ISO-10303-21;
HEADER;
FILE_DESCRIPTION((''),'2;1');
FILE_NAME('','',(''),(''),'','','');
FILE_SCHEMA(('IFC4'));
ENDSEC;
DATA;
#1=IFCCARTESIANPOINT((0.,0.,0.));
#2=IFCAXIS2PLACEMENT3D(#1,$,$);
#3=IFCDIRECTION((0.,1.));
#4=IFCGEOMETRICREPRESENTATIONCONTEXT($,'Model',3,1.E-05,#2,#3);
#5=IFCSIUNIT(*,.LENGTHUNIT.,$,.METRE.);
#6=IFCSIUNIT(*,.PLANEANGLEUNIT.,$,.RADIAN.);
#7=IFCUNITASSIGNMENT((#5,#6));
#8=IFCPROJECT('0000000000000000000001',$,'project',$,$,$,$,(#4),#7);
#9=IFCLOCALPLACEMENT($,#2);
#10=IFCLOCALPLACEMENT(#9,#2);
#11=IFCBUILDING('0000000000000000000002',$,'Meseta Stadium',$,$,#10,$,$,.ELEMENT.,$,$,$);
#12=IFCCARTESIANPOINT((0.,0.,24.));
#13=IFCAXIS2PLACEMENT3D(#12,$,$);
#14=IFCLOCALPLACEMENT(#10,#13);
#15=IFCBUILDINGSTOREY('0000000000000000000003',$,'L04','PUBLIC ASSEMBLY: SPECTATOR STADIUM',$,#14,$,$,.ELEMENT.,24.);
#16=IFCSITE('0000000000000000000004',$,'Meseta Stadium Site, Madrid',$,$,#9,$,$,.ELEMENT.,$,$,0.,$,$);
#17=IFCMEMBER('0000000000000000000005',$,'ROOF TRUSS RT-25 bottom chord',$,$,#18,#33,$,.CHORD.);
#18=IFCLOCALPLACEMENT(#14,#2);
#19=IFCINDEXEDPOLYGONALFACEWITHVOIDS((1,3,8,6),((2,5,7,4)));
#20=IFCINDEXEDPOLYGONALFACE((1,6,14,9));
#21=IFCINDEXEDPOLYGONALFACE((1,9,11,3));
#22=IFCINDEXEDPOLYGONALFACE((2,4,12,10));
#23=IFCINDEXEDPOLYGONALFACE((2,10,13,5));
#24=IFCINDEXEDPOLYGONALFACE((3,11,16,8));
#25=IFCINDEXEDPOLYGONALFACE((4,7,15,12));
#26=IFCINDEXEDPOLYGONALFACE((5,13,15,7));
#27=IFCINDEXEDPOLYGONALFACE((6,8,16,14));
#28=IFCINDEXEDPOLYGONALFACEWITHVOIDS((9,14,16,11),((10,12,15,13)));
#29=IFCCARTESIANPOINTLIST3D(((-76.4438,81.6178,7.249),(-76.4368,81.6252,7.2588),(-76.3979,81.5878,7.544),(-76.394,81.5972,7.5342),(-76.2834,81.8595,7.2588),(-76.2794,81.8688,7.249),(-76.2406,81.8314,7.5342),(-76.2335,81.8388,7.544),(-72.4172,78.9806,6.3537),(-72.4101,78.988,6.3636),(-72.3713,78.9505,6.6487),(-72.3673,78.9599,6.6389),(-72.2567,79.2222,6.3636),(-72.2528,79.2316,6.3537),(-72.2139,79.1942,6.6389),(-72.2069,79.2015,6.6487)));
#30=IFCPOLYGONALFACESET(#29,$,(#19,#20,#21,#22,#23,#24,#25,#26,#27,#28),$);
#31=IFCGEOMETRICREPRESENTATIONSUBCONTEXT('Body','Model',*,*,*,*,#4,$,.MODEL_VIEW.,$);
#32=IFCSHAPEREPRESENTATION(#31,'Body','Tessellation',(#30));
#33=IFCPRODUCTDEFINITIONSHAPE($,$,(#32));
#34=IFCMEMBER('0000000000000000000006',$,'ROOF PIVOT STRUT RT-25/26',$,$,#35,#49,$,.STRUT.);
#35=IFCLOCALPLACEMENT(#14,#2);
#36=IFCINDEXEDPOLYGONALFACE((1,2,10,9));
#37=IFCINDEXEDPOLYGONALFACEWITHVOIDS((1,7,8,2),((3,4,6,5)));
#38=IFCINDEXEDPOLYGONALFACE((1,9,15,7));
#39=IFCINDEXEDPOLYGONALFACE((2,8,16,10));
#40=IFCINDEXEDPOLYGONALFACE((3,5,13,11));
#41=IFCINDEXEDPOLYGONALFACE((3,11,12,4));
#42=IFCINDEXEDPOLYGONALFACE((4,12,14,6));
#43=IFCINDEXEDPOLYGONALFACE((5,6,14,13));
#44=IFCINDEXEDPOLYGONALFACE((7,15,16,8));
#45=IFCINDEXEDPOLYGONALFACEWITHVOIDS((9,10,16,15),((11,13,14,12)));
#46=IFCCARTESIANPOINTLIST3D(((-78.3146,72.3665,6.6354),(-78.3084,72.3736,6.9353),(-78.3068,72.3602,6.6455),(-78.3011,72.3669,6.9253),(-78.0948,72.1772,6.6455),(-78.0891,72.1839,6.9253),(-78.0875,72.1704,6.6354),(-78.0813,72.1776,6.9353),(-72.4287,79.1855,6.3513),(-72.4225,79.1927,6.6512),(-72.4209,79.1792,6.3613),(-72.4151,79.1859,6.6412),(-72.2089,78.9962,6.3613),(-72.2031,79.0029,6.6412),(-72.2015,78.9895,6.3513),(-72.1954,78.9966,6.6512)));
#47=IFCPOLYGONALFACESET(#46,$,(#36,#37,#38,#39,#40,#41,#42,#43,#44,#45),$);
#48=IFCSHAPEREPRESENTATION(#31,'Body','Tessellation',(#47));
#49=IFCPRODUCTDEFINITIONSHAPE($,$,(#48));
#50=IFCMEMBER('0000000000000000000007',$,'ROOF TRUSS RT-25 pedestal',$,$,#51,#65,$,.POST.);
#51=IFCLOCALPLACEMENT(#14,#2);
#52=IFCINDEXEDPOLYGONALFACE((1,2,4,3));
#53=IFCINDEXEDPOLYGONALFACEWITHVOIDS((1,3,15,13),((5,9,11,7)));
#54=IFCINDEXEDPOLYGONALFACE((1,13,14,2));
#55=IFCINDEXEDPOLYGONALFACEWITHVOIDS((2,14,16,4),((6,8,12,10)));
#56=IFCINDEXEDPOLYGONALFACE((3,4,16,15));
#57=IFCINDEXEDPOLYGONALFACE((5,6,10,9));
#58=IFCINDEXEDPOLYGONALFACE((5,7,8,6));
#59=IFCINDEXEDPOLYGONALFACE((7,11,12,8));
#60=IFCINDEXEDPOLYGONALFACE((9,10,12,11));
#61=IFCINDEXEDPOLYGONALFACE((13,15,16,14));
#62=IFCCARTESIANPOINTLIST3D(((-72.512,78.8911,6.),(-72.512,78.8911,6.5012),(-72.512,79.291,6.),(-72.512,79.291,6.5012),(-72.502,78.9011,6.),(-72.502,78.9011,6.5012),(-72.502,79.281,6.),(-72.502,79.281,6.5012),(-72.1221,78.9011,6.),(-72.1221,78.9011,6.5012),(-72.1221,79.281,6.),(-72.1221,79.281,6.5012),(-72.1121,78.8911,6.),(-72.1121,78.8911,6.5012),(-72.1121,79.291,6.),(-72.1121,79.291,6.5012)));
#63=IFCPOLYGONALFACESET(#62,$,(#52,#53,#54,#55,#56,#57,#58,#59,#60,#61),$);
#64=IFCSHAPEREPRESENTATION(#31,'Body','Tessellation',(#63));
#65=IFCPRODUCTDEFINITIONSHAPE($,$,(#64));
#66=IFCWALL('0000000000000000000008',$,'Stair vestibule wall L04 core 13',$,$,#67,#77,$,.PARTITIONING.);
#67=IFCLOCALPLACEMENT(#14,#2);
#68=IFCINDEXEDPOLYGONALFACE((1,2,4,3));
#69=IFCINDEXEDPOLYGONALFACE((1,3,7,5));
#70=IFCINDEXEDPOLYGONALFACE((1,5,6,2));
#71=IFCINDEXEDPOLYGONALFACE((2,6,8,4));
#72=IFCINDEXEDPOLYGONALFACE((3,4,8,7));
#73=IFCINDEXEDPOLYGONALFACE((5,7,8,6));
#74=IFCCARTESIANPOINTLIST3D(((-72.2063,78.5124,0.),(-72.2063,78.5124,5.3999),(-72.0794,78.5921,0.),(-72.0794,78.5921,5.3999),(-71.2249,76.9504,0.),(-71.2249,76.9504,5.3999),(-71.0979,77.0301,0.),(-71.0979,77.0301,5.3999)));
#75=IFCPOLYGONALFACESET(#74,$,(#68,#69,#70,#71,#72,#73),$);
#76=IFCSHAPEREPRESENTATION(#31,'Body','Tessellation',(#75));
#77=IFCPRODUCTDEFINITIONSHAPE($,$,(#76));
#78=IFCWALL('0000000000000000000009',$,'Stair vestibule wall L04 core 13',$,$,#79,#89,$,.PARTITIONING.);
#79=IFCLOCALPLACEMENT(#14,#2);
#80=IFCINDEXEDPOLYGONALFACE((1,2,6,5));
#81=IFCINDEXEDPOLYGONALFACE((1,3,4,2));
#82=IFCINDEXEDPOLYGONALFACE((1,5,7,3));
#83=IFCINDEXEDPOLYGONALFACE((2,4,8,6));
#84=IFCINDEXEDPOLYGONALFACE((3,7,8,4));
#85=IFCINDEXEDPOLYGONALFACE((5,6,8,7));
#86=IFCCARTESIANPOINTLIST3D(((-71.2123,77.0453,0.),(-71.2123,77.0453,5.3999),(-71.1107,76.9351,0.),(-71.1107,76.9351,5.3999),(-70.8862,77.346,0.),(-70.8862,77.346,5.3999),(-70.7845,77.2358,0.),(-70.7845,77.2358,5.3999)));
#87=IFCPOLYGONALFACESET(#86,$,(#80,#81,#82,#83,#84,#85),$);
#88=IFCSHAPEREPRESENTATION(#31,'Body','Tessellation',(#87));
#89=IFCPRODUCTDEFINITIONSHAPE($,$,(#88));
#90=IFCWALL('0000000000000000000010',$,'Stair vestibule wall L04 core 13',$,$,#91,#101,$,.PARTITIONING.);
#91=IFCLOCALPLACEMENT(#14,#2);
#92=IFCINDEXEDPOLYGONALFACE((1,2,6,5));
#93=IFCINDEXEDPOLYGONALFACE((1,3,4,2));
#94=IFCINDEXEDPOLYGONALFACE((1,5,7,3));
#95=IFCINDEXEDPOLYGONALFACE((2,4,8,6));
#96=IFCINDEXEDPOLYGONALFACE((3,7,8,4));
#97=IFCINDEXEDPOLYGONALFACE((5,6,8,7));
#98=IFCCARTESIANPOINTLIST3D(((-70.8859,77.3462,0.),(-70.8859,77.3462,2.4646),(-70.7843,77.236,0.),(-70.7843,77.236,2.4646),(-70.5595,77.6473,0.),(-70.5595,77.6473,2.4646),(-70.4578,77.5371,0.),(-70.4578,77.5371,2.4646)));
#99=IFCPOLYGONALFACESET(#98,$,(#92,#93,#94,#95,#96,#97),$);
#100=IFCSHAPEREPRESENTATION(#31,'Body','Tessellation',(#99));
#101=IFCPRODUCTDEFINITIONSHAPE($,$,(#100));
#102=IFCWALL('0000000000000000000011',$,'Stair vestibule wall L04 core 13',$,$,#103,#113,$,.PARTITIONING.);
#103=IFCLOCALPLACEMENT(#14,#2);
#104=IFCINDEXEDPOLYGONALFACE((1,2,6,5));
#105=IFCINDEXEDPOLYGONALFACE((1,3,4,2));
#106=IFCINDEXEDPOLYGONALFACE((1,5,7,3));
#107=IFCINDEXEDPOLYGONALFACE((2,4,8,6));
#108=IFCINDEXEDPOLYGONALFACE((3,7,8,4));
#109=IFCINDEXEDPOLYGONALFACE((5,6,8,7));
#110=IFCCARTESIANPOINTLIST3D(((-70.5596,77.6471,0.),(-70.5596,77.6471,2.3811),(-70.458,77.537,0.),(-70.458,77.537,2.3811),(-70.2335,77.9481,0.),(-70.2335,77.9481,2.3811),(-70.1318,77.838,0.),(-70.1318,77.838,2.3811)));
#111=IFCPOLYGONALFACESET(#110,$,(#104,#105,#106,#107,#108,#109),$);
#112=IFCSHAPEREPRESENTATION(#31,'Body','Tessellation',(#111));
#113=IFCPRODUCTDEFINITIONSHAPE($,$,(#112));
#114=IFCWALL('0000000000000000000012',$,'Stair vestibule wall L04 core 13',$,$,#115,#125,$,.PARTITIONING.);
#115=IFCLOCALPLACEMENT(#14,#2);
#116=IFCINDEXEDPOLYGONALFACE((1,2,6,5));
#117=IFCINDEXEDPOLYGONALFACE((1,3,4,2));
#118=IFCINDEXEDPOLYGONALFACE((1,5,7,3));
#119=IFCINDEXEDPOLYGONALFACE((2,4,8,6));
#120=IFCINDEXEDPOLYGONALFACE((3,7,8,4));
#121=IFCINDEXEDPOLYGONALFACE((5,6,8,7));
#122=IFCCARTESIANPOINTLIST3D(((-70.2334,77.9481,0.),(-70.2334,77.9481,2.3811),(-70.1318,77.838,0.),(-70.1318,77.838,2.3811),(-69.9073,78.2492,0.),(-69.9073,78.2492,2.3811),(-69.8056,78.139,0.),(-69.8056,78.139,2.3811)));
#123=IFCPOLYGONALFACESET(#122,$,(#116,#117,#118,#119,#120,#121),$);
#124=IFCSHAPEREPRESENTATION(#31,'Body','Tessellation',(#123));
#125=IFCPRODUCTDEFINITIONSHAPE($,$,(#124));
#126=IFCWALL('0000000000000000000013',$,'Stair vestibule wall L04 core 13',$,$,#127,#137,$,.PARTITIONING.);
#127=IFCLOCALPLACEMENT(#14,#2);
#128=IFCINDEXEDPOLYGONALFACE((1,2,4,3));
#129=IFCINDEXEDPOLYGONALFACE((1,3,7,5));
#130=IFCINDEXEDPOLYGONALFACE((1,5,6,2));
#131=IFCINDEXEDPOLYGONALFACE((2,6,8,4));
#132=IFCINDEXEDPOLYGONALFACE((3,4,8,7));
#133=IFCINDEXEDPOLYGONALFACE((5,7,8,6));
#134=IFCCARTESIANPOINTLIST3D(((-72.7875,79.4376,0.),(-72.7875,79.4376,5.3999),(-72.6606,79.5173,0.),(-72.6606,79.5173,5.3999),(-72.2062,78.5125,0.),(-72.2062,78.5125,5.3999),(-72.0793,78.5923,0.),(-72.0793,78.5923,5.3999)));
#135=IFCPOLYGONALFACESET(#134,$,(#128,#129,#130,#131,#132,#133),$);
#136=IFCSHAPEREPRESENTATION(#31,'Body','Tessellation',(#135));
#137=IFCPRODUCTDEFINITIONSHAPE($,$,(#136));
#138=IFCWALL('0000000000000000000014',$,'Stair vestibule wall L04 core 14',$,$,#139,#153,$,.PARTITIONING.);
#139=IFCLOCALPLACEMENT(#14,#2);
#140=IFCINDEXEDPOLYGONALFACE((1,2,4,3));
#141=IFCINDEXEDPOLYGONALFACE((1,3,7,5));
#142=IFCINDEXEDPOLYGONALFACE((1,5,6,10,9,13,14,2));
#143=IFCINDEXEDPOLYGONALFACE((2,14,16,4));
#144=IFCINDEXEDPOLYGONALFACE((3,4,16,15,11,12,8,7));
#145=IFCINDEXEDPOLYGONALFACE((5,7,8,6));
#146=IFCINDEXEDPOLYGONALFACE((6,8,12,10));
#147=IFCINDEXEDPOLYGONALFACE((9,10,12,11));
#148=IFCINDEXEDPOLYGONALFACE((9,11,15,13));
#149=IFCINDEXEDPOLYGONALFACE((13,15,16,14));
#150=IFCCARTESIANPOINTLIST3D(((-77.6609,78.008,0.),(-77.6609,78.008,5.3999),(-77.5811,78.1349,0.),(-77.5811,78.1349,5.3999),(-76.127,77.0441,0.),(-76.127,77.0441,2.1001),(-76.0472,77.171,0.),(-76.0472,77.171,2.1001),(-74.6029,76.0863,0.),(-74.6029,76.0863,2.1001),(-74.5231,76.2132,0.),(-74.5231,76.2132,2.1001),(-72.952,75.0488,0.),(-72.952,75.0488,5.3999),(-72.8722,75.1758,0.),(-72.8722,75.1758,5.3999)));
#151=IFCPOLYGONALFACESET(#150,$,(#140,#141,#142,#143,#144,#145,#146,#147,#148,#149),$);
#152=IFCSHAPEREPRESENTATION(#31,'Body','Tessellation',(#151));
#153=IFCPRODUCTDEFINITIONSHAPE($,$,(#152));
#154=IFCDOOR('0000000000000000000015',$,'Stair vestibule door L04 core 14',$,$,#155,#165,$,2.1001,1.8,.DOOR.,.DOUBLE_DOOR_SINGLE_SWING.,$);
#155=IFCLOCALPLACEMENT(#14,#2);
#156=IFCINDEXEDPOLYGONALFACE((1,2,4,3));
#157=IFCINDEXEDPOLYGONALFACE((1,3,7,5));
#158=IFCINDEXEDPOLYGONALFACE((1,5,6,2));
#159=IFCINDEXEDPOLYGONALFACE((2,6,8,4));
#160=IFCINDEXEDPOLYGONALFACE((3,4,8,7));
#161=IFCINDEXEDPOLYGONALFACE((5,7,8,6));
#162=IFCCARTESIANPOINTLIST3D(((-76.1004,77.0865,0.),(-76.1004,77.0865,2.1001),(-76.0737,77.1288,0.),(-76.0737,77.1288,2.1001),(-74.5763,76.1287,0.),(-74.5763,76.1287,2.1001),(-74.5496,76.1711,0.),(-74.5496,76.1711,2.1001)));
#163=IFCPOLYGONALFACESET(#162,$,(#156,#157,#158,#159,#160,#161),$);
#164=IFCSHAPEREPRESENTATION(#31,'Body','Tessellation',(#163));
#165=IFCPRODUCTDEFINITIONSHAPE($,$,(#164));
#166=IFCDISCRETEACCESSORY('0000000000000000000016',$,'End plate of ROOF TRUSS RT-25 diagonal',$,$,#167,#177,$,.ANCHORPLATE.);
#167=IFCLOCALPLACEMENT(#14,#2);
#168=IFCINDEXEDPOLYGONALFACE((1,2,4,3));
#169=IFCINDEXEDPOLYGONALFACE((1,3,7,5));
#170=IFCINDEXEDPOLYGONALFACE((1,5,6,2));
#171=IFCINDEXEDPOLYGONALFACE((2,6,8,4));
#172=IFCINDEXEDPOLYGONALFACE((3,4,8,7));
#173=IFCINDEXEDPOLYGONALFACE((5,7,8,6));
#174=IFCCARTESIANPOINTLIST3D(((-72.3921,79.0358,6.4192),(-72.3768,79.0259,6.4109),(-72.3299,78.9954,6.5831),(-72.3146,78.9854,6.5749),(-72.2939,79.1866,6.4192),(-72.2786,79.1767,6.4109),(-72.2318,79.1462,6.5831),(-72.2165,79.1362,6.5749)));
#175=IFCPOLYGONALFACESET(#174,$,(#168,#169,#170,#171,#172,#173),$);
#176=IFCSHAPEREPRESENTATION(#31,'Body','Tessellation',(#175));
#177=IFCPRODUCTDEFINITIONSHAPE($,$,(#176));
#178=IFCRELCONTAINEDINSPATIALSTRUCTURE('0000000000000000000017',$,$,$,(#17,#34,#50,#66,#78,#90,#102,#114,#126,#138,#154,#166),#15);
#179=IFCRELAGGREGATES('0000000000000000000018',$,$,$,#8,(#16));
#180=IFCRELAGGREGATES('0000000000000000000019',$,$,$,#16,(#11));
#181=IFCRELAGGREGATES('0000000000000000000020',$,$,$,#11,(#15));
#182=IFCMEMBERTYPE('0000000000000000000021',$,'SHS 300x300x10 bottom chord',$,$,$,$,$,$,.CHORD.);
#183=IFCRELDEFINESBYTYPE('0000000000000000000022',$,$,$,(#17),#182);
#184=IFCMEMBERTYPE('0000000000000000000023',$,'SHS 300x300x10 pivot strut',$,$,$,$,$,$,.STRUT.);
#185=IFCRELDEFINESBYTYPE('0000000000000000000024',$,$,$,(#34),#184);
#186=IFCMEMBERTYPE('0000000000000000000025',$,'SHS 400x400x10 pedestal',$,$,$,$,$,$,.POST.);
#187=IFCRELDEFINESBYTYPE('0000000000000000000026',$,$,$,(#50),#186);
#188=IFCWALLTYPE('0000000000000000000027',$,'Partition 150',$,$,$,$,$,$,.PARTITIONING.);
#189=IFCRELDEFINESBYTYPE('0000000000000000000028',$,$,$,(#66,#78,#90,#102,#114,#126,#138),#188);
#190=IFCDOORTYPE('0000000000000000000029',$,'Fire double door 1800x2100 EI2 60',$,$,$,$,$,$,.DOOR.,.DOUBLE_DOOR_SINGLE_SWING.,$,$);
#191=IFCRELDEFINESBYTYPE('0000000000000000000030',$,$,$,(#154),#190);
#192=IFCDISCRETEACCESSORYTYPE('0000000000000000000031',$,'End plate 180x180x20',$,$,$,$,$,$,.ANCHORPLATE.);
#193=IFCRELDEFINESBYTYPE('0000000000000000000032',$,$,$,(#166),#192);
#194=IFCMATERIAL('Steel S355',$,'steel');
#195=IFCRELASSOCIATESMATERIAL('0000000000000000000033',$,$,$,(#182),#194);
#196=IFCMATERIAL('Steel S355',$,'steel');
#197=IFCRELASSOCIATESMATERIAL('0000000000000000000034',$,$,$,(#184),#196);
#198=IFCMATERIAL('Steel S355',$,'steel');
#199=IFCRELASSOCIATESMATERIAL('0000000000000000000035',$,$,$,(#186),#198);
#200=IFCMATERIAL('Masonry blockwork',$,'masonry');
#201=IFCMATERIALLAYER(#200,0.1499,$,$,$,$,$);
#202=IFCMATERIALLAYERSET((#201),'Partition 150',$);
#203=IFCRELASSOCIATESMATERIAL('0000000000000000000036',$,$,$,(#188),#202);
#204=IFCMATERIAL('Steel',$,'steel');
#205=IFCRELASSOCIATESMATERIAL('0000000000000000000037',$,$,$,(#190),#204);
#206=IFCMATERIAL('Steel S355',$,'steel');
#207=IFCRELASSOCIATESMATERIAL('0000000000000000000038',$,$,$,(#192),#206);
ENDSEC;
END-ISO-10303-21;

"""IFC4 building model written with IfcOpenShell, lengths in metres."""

from ifc_helpers import new_model, si_unit, direction, frame, frame_2d, origin, origin_2d, place, context, subcontext, project, spatial, rectangle, hollow_rectangle, extrude, material, layer, layer_set, material_profile, profile_set, type_object, element, fill, save


model = new_model("IFC4")

# Units and contexts
model_context = context("Model", 3, precision=1e-05, world=origin(), true_north=direction((0.0, 1.0)))
body_context = subcontext(model_context, "Body", "Model", "MODEL_VIEW")
ifc_project = project(units=[si_unit("LENGTHUNIT", "METRE"), si_unit("PLANEANGLEUNIT", "RADIAN")], contexts=[model_context])

# Site, building, storey
site_placement = place(None, origin())
site = spatial("IfcSite", under=ifc_project, at=site_placement, Name="Meseta Stadium Site, Madrid", CompositionType="ELEMENT", RefElevation=0.0)
building_placement = place(site_placement, origin())
building = spatial("IfcBuilding", under=site, at=building_placement, Name="Meseta Stadium", CompositionType="ELEMENT")
storey_placement = place(building_placement, frame((0.0, 0.0, 24.0)))
storey = spatial("IfcBuildingStorey", under=building, at=storey_placement, Name="L04", Description="PUBLIC ASSEMBLY: SPECTATOR STADIUM", CompositionType="ELEMENT", Elevation=24.0)

# Members
ifc_material_1 = material(Name="Steel S355", Category="steel")
ifc_material_profile_1 = material_profile(ifc_material_1, hollow_rectangle(XDim=0.3, YDim=0.3, WallThickness=0.01, at=origin_2d()), Name="SHS 300x300x10")
ifc_profile_set_1 = profile_set([ifc_material_profile_1], Name="Steel S355")
member_type_1 = type_object("IfcMemberType", Name="SHS 300x300x10 bottom chord", PredefinedType="CHORD", material=ifc_profile_set_1)
member_1_placement = place(storey_placement, frame((-72.312, 79.0911, 6.5012), z_axis=(-0.822444, 0.538655, 0.182859), x_axis=(-0.547893, -0.836549, 0.0)))
element("IfcMember", 1, at=member_1_placement, inside=storey, type_object=member_type_1, Name="ROOF TRUSS RT-25 bottom chord", PredefinedType="CHORD", context=body_context, shape_type="SweptSolid", body=[
    extrude(hollow_rectangle(XDim=0.3, YDim=0.3, WallThickness=0.01, at=origin_2d()), origin(), (0.0, 0.0, 1.0), 4.896),
])
ifc_material_2 = material(Name="Steel S355", Category="steel")
ifc_material_profile_2 = material_profile(ifc_material_2, hollow_rectangle(XDim=0.3, YDim=0.3, WallThickness=0.01, at=origin_2d()), Name="SHS 300x300x10")
ifc_profile_set_2 = profile_set([ifc_material_profile_2], Name="Steel S355")
member_type_2 = type_object("IfcMemberType", Name="SHS 300x300x10 pivot strut", PredefinedType="STRUT", material=ifc_profile_set_2)
member_2_placement = place(storey_placement, frame((-72.312, 79.0911, 6.5012), z_axis=(-0.65309, -0.756624, 0.031532), x_axis=(0.757, -0.653415, 0.0)))
element("IfcMember", 2, at=member_2_placement, inside=storey, type_object=member_type_2, Name="ROOF PIVOT STRUT RT-25/26", PredefinedType="STRUT", context=body_context, shape_type="SweptSolid", body=[
    extrude(hollow_rectangle(XDim=0.3, YDim=0.3, WallThickness=0.01, at=origin_2d()), origin(), (0.0, 0.0, 1.0), 9.0125),
])
ifc_material_3 = material(Name="Steel S355", Category="steel")
ifc_material_profile_3 = material_profile(ifc_material_3, hollow_rectangle(XDim=0.3999, YDim=0.3999, WallThickness=0.01, at=origin_2d()), Name="SHS 400x400x10")
ifc_profile_set_3 = profile_set([ifc_material_profile_3], Name="Steel S355")
member_type_3 = type_object("IfcMemberType", Name="SHS 400x400x10 pedestal", PredefinedType="POST", material=ifc_profile_set_3)
member_3_placement = place(storey_placement, frame((-72.312, 79.0911, 6.0), z_axis=(0.0, 0.0, 1.0), x_axis=(1.0, 0.0, 0.0)))
element("IfcMember", 3, at=member_3_placement, inside=storey, type_object=member_type_3, Name="ROOF TRUSS RT-25 pedestal", PredefinedType="POST", context=body_context, shape_type="SweptSolid", body=[
    extrude(hollow_rectangle(XDim=0.3999, YDim=0.3999, WallThickness=0.01, at=origin_2d()), origin(), (0.0, 0.0, 1.0), 0.5012),
])

# Walls
ifc_material_4 = material(Name="Masonry blockwork", Category="masonry")
ifc_layer = layer(ifc_material_4, 0.1499)
ifc_layer_set = layer_set([ifc_layer], Name="Partition 150")
wall_type = type_object("IfcWallType", Name="Partition 150", PredefinedType="PARTITIONING", material=ifc_layer_set)
wall_1_placement = place(storey_placement, frame((-72.1428, 78.5522, 0.0), z_axis=(0.0, 0.0, 1.0), x_axis=(0.53202, -0.846732, 0.0)))
element("IfcWall", 4, at=wall_1_placement, inside=storey, type_object=wall_type, Name="Stair vestibule wall L04 core 13", PredefinedType="PARTITIONING", context=body_context, shape_type="SweptSolid", body=[
    extrude(rectangle(XDim=1.8447, YDim=0.1499, at=frame_2d((0.9224, 0.0))), origin(), (0.0, 0.0, 1.0), 5.3999),
])
wall_2_placement = place(storey_placement, frame((-71.1614, 76.9902, 0.0), z_axis=(0.0, 0.0, 1.0), x_axis=(0.735141, 0.677914, 0.0)))
element("IfcWall", 5, at=wall_2_placement, inside=storey, type_object=wall_type, Name="Stair vestibule wall L04 core 13", PredefinedType="PARTITIONING", context=body_context, shape_type="SweptSolid", body=[
    extrude(rectangle(XDim=0.4436, YDim=0.1499, at=frame_2d((0.2217, 0.0))), origin(), (0.0, 0.0, 1.0), 5.3999),
])
wall_3_placement = place(storey_placement, frame((-70.8352, 77.291, 0.0), z_axis=(0.0, 0.0, 1.0), x_axis=(0.73512, 0.677937, 0.0)))
element("IfcWall", 6, at=wall_3_placement, inside=storey, type_object=wall_type, Name="Stair vestibule wall L04 core 13", PredefinedType="PARTITIONING", context=body_context, shape_type="SweptSolid", body=[
    extrude(rectangle(XDim=0.4441, YDim=0.1499, at=frame_2d((0.2222, 0.0))), origin(), (0.0, 0.0, 1.0), 2.4646),
])
for number, where, z_axis, x_axis, name in (
    (7, (-70.5088, 77.592, 0.0), (0.0, 0.0, 1.0), (0.734867, 0.678212, 0.0), "Stair vestibule wall L04 core 13"),
    (8, (-70.1826, 77.8931, 0.0), (0.0, 0.0, 1.0), (0.734867, 0.678212, 0.0), "Stair vestibule wall L04 core 13"),
):
    element("IfcWall", number, at=place(storey_placement, frame(where, z_axis=z_axis, x_axis=x_axis)), inside=storey, type_object=wall_type, Name=name, PredefinedType="PARTITIONING", context=body_context, shape_type="SweptSolid", body=[
        extrude(rectangle(XDim=0.4438, YDim=0.1499, at=frame_2d((0.2219, 0.0))), origin(), (0.0, 0.0, 1.0), 2.3811),
    ])
wall_4_placement = place(storey_placement, frame((-72.7241, 79.4775, 0.0), z_axis=(0.0, 0.0, 1.0), x_axis=(0.532066, -0.846703, 0.0)))
element("IfcWall", 9, at=wall_4_placement, inside=storey, type_object=wall_type, Name="Stair vestibule wall L04 core 13", PredefinedType="PARTITIONING", context=body_context, shape_type="SweptSolid", body=[
    extrude(rectangle(XDim=1.0925, YDim=0.1499, at=frame_2d((0.5464, 0.0))), origin(), (0.0, 0.0, 1.0), 5.3999),
])

# Wall, opening, door
wall_5_placement = place(storey_placement, frame((-72.9121, 75.1123, 0.0), z_axis=(0.0, 0.0, 1.0), x_axis=(-0.846694, 0.532081, 0.0)))
wall_5 = element("IfcWall", 10, at=wall_5_placement, inside=storey, type_object=wall_type, Name="Stair vestibule wall L04 core 14", PredefinedType="PARTITIONING", context=body_context, shape_type="SweptSolid", body=[
    extrude(rectangle(XDim=5.5615, YDim=0.1499, at=frame_2d((2.7808, 0.0))), origin(), (0.0, 0.0, 1.0), 5.3999),
])
opening_placement = place(wall_5_placement, frame((1.95, 0.0, 0.0)))
opening = element("IfcOpeningElement", 11, at=opening_placement, cuts=wall_5, PredefinedType="OPENING", context=body_context, shape_type="SweptSolid", body=[
    extrude(rectangle(XDim=1.8, YDim=2.1001, at=frame_2d((0.8999, 1.05))), frame((0.0, 0.085, 0.0), z_axis=(0.0, -1.0, 0.0), x_axis=(1.0, 0.0, 0.0)), (0.0, 0.0, 1.0), 0.1699),
])
ifc_material_5 = material(Name="Steel", Category="steel")
door_type = type_object("IfcDoorType", Name="Fire double door 1800x2100 EI2 60", OperationType="DOUBLE_DOOR_SINGLE_SWING", PredefinedType="DOOR", material=ifc_material_5)
door_placement = place(opening_placement, origin())
door = element("IfcDoor", 12, at=door_placement, inside=storey, type_object=door_type, Name="Stair vestibule door L04 core 14", OperationType="DOUBLE_DOOR_SINGLE_SWING", OverallHeight=2.1001, OverallWidth=1.8, PredefinedType="DOOR", context=body_context, shape_type="SweptSolid", body=[
    extrude(rectangle(XDim=1.8, YDim=2.1001, at=frame_2d((0.8999, 1.05))), frame((0.0, 0.0249, 0.0), z_axis=(0.0, -1.0, 0.0), x_axis=(1.0, 0.0, 0.0)), (0.0, 0.0, 1.0), 0.05),
])
fill(opening, door)

# Discrete accessory
ifc_material_6 = material(Name="Steel S355", Category="steel")
ifc_material_profile_4 = material_profile(ifc_material_6, rectangle(XDim=0.1799, YDim=0.1799, at=origin_2d()), Name="PL 180x180")
ifc_profile_set_4 = profile_set([ifc_material_profile_4], Name="Steel S355")
discrete_accessory_type_1 = type_object("IfcDiscreteAccessoryType", Name="End plate 180x180x20", PredefinedType="ANCHORPLATE", material=ifc_profile_set_4)
discrete_accessory_1_placement = place(storey_placement, frame((-72.2966, 79.0811, 6.4929), z_axis=(-0.76365, 0.496979, 0.412129), x_axis=(-0.545456, -0.83814, 0.0)))
element("IfcDiscreteAccessory", 13, at=discrete_accessory_1_placement, inside=storey, type_object=discrete_accessory_type_1, Name="End plate of ROOF TRUSS RT-25 diagonal", PredefinedType="ANCHORPLATE", context=body_context, shape_type="SweptSolid", body=[
    extrude(rectangle(XDim=0.1799, YDim=0.1799, at=origin_2d()), origin(), (0.0, 0.0, 1.0), 0.02),
])

save(model, "model.ifc")
